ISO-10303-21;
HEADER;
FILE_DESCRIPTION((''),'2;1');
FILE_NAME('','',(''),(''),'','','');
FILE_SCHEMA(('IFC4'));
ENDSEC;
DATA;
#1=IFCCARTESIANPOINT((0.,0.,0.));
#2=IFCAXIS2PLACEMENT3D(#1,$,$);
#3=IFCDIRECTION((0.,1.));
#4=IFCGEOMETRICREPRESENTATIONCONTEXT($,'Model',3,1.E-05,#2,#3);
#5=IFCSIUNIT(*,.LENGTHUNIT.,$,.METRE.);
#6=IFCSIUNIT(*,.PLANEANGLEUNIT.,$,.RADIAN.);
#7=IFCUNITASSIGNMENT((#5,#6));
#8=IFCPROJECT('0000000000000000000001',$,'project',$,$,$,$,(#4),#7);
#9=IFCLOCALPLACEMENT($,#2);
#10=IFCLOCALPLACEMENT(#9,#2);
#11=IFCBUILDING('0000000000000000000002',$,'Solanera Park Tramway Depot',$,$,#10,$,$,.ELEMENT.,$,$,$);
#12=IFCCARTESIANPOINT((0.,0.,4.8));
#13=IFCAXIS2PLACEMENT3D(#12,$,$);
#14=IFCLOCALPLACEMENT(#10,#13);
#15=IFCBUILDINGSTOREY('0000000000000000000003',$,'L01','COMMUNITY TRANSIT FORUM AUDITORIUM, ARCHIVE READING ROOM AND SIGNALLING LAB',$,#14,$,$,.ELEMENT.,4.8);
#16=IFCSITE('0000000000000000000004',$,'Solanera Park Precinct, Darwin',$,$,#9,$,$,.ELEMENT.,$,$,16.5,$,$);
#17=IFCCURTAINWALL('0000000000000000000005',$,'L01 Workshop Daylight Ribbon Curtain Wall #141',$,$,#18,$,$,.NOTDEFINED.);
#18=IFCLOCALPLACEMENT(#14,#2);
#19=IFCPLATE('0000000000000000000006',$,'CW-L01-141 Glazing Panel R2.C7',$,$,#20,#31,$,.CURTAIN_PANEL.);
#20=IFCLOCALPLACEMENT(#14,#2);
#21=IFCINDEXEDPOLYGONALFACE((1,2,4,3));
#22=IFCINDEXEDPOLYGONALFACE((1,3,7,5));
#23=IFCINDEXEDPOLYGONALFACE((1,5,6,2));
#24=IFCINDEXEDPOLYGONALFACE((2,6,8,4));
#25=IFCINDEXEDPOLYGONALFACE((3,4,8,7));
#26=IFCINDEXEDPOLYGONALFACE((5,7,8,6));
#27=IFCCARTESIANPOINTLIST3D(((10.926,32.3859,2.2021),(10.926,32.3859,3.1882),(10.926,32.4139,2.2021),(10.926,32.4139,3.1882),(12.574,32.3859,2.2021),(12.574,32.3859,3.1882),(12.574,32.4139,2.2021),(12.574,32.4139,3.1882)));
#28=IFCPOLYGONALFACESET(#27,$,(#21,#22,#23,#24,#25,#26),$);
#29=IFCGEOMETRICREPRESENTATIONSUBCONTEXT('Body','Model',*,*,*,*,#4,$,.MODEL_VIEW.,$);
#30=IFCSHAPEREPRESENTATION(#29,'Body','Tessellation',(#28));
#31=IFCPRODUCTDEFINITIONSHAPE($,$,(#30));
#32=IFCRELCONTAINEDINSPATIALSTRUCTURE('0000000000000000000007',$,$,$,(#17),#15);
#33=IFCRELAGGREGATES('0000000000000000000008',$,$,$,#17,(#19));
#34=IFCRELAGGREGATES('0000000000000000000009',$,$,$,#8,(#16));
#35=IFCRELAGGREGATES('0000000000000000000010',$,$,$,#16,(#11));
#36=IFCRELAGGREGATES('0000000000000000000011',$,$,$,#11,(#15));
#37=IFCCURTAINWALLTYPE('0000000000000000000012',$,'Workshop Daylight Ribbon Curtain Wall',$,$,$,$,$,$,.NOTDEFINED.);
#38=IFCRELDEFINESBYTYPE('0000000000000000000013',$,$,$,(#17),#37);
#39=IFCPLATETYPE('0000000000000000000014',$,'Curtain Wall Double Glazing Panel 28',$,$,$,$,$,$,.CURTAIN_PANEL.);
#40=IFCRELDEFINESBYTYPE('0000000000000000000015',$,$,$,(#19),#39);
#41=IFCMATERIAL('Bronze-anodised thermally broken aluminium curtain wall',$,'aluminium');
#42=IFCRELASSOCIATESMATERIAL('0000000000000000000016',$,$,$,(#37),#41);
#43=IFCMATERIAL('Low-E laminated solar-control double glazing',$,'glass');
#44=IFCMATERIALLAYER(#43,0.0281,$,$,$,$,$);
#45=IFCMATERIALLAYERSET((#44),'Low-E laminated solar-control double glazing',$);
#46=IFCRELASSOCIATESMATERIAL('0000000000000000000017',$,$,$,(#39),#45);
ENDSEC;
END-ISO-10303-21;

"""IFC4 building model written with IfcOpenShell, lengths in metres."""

from ifc_helpers import new_model, si_unit, direction, frame, origin, origin_2d, place, context, subcontext, project, spatial, rectangle, extrude, material, layer, layer_set, type_object, element, aggregate, save


model = new_model("IFC4")

# Units and contexts
model_context = context("Model", 3, precision=1e-05, world=origin(), true_north=direction((0.0, 1.0)))
body_context = subcontext(model_context, "Body", "Model", "MODEL_VIEW")
ifc_project = project(units=[si_unit("LENGTHUNIT", "METRE"), si_unit("PLANEANGLEUNIT", "RADIAN")], contexts=[model_context])

# Site, building, storey
site_placement = place(None, origin())
site = spatial("IfcSite", under=ifc_project, at=site_placement, Name="Solanera Park Precinct, Darwin", CompositionType="ELEMENT", RefElevation=16.5)
building_placement = place(site_placement, origin())
building = spatial("IfcBuilding", under=site, at=building_placement, Name="Solanera Park Tramway Depot", CompositionType="ELEMENT")
storey_placement = place(building_placement, frame((0.0, 0.0, 4.8)))
storey = spatial("IfcBuildingStorey", under=building, at=storey_placement, Name="L01", Description="COMMUNITY TRANSIT FORUM AUDITORIUM, ARCHIVE READING ROOM AND SIGNALLING LAB", CompositionType="ELEMENT", Elevation=4.8)

# Curtain wall, plate
ifc_material_1 = material(Name="Bronze-anodised thermally broken aluminium curtain wall", Category="aluminium")
curtain_wall_type = type_object("IfcCurtainWallType", Name="Workshop Daylight Ribbon Curtain Wall", PredefinedType="NOTDEFINED", material=ifc_material_1)
curtain_wall_placement = place(storey_placement, origin())
curtain_wall = element("IfcCurtainWall", 1, at=curtain_wall_placement, inside=storey, type_object=curtain_wall_type, Name="L01 Workshop Daylight Ribbon Curtain Wall #141", PredefinedType="NOTDEFINED")
ifc_material_2 = material(Name="Low-E laminated solar-control double glazing", Category="glass")
ifc_layer = layer(ifc_material_2, 0.0281)
ifc_layer_set = layer_set([ifc_layer], Name="Low-E laminated solar-control double glazing")
plate_type = type_object("IfcPlateType", Name="Curtain Wall Double Glazing Panel 28", PredefinedType="CURTAIN_PANEL", material=ifc_layer_set)
plate_1_placement = place(storey_placement, frame((11.75, 32.3999, 2.2021), z_axis=(0.0, 0.0, 1.0), x_axis=(1.0, 0.0, 0.0)))
plate_1 = element("IfcPlate", 2, at=plate_1_placement, type_object=plate_type, Name="CW-L01-141 Glazing Panel R2.C7", PredefinedType="CURTAIN_PANEL", context=body_context, shape_type="SweptSolid", body=[
    extrude(rectangle(XDim=1.6479, YDim=0.0281, at=origin_2d()), origin(), (0.0, 0.0, 1.0), 0.9861),
])
aggregate(curtain_wall, [plate_1])

save(model, "model.ifc")
